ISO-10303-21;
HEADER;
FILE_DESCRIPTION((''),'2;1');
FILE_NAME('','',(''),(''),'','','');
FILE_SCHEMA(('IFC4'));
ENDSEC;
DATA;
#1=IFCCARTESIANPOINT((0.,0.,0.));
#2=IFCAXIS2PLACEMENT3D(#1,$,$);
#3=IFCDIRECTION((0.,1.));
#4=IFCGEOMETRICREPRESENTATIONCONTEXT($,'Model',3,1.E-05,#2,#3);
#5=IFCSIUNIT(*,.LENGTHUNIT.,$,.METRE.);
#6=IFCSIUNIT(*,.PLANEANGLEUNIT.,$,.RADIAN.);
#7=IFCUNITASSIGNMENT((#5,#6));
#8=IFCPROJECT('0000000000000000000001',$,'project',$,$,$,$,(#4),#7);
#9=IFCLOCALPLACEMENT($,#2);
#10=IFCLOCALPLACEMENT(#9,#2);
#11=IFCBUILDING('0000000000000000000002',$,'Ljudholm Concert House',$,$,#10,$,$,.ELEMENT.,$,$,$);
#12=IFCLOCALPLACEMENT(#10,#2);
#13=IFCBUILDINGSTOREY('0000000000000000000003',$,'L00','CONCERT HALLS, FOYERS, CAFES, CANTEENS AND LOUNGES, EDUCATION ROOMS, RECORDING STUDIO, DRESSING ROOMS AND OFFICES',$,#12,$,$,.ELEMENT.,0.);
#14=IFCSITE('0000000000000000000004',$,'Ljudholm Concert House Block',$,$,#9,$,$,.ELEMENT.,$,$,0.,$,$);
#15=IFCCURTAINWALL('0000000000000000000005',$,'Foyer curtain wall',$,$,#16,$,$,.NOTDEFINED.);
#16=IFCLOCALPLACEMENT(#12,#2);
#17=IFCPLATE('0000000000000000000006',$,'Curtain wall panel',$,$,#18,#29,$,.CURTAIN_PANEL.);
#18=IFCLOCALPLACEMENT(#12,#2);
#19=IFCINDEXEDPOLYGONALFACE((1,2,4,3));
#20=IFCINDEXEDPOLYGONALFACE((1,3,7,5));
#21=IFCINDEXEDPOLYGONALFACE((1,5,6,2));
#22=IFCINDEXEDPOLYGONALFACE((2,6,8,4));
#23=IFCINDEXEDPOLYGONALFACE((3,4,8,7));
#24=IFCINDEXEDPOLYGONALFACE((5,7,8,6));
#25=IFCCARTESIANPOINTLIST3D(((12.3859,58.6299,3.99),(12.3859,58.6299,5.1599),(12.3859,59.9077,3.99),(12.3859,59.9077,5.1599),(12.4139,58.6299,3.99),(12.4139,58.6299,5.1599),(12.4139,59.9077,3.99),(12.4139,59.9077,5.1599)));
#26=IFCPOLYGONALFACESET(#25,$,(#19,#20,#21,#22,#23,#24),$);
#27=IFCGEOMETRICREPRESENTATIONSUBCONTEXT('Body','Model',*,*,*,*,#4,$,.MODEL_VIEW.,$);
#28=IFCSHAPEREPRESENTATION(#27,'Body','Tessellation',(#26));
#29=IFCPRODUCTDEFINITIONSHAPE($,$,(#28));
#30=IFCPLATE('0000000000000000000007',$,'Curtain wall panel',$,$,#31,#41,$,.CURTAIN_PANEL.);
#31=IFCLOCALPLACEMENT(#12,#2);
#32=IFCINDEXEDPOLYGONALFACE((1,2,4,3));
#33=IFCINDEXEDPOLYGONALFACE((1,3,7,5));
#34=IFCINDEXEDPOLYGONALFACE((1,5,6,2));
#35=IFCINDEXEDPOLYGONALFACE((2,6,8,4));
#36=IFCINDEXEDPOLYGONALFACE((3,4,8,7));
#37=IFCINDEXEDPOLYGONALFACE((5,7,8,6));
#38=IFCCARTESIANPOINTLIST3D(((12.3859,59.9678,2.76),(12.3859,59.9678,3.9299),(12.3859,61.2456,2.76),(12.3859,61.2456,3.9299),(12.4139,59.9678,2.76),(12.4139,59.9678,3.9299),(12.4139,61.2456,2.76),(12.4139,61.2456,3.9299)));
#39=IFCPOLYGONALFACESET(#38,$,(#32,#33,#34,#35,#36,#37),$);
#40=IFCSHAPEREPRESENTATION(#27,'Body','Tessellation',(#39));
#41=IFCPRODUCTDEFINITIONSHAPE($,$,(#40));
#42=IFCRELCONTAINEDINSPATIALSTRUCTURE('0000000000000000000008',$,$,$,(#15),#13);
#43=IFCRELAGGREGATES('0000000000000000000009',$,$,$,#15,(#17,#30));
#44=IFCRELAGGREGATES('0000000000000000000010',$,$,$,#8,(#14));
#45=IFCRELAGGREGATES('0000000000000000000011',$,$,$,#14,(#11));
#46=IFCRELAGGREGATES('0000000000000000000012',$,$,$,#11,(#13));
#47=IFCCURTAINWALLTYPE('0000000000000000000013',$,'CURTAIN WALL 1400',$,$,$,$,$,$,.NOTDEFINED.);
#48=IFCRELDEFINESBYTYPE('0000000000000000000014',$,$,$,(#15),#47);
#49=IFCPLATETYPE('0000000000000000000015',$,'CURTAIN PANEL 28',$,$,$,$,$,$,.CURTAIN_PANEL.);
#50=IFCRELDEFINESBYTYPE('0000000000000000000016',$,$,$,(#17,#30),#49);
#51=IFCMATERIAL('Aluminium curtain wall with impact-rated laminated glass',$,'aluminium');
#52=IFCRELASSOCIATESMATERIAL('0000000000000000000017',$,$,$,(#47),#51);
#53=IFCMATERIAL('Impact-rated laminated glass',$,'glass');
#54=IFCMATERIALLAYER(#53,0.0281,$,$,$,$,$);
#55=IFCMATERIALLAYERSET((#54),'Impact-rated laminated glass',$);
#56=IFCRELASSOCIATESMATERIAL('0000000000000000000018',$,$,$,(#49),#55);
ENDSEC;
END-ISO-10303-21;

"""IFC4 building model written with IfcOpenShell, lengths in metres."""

from ifc_helpers import new_model, si_unit, direction, frame, origin, origin_2d, place, context, subcontext, project, spatial, rectangle, extrude, material, layer, layer_set, type_object, element, aggregate, save


model = new_model("IFC4")

# Units and contexts
model_context = context("Model", 3, precision=1e-05, world=origin(), true_north=direction((0.0, 1.0)))
body_context = subcontext(model_context, "Body", "Model", "MODEL_VIEW")
ifc_project = project(units=[si_unit("LENGTHUNIT", "METRE"), si_unit("PLANEANGLEUNIT", "RADIAN")], contexts=[model_context])

# Site, building, storey
site_placement = place(None, origin())
site = spatial("IfcSite", under=ifc_project, at=site_placement, Name="Ljudholm Concert House Block", CompositionType="ELEMENT", RefElevation=0.0)
building_placement = place(site_placement, origin())
building = spatial("IfcBuilding", under=site, at=building_placement, Name="Ljudholm Concert House", CompositionType="ELEMENT")
storey_placement = place(building_placement, origin())
storey = spatial("IfcBuildingStorey", under=building, at=storey_placement, Name="L00", Description="CONCERT HALLS, FOYERS, CAFES, CANTEENS AND LOUNGES, EDUCATION ROOMS, RECORDING STUDIO, DRESSING ROOMS AND OFFICES", CompositionType="ELEMENT", Elevation=0.0)

# Curtain wall, plates
ifc_material_1 = material(Name="Aluminium curtain wall with impact-rated laminated glass", Category="aluminium")
curtain_wall_type = type_object("IfcCurtainWallType", Name="CURTAIN WALL 1400", PredefinedType="NOTDEFINED", material=ifc_material_1)
curtain_wall_placement = place(storey_placement, origin())
curtain_wall = element("IfcCurtainWall", 1, at=curtain_wall_placement, inside=storey, type_object=curtain_wall_type, Name="Foyer curtain wall", PredefinedType="NOTDEFINED")
ifc_material_2 = material(Name="Impact-rated laminated glass", Category="glass")
ifc_layer = layer(ifc_material_2, 0.0281)
ifc_layer_set = layer_set([ifc_layer], Name="Impact-rated laminated glass")
plate_type = type_object("IfcPlateType", Name="CURTAIN PANEL 28", PredefinedType="CURTAIN_PANEL", material=ifc_layer_set)
plate_1_placement = place(storey_placement, frame((12.3999, 59.2688, 3.99), z_axis=(0.0, 0.0, 1.0), x_axis=(0.0, 1.0, 0.0)))
plate_1 = element("IfcPlate", 2, at=plate_1_placement, type_object=plate_type, Name="Curtain wall panel", PredefinedType="CURTAIN_PANEL", context=body_context, shape_type="SweptSolid", body=[
    extrude(rectangle(XDim=1.2778, YDim=0.0281, at=origin_2d()), origin(), (0.0, 0.0, 1.0), 1.1699),
])
plate_2_placement = place(storey_placement, frame((12.3999, 60.6067, 2.76), z_axis=(0.0, 0.0, 1.0), x_axis=(0.0, 1.0, 0.0)))
plate_2 = element("IfcPlate", 3, at=plate_2_placement, type_object=plate_type, Name="Curtain wall panel", PredefinedType="CURTAIN_PANEL", context=body_context, shape_type="SweptSolid", body=[
    extrude(rectangle(XDim=1.2778, YDim=0.0281, at=origin_2d()), origin(), (0.0, 0.0, 1.0), 1.1699),
])
aggregate(curtain_wall, [plate_1, plate_2])

save(model, "model.ifc")
